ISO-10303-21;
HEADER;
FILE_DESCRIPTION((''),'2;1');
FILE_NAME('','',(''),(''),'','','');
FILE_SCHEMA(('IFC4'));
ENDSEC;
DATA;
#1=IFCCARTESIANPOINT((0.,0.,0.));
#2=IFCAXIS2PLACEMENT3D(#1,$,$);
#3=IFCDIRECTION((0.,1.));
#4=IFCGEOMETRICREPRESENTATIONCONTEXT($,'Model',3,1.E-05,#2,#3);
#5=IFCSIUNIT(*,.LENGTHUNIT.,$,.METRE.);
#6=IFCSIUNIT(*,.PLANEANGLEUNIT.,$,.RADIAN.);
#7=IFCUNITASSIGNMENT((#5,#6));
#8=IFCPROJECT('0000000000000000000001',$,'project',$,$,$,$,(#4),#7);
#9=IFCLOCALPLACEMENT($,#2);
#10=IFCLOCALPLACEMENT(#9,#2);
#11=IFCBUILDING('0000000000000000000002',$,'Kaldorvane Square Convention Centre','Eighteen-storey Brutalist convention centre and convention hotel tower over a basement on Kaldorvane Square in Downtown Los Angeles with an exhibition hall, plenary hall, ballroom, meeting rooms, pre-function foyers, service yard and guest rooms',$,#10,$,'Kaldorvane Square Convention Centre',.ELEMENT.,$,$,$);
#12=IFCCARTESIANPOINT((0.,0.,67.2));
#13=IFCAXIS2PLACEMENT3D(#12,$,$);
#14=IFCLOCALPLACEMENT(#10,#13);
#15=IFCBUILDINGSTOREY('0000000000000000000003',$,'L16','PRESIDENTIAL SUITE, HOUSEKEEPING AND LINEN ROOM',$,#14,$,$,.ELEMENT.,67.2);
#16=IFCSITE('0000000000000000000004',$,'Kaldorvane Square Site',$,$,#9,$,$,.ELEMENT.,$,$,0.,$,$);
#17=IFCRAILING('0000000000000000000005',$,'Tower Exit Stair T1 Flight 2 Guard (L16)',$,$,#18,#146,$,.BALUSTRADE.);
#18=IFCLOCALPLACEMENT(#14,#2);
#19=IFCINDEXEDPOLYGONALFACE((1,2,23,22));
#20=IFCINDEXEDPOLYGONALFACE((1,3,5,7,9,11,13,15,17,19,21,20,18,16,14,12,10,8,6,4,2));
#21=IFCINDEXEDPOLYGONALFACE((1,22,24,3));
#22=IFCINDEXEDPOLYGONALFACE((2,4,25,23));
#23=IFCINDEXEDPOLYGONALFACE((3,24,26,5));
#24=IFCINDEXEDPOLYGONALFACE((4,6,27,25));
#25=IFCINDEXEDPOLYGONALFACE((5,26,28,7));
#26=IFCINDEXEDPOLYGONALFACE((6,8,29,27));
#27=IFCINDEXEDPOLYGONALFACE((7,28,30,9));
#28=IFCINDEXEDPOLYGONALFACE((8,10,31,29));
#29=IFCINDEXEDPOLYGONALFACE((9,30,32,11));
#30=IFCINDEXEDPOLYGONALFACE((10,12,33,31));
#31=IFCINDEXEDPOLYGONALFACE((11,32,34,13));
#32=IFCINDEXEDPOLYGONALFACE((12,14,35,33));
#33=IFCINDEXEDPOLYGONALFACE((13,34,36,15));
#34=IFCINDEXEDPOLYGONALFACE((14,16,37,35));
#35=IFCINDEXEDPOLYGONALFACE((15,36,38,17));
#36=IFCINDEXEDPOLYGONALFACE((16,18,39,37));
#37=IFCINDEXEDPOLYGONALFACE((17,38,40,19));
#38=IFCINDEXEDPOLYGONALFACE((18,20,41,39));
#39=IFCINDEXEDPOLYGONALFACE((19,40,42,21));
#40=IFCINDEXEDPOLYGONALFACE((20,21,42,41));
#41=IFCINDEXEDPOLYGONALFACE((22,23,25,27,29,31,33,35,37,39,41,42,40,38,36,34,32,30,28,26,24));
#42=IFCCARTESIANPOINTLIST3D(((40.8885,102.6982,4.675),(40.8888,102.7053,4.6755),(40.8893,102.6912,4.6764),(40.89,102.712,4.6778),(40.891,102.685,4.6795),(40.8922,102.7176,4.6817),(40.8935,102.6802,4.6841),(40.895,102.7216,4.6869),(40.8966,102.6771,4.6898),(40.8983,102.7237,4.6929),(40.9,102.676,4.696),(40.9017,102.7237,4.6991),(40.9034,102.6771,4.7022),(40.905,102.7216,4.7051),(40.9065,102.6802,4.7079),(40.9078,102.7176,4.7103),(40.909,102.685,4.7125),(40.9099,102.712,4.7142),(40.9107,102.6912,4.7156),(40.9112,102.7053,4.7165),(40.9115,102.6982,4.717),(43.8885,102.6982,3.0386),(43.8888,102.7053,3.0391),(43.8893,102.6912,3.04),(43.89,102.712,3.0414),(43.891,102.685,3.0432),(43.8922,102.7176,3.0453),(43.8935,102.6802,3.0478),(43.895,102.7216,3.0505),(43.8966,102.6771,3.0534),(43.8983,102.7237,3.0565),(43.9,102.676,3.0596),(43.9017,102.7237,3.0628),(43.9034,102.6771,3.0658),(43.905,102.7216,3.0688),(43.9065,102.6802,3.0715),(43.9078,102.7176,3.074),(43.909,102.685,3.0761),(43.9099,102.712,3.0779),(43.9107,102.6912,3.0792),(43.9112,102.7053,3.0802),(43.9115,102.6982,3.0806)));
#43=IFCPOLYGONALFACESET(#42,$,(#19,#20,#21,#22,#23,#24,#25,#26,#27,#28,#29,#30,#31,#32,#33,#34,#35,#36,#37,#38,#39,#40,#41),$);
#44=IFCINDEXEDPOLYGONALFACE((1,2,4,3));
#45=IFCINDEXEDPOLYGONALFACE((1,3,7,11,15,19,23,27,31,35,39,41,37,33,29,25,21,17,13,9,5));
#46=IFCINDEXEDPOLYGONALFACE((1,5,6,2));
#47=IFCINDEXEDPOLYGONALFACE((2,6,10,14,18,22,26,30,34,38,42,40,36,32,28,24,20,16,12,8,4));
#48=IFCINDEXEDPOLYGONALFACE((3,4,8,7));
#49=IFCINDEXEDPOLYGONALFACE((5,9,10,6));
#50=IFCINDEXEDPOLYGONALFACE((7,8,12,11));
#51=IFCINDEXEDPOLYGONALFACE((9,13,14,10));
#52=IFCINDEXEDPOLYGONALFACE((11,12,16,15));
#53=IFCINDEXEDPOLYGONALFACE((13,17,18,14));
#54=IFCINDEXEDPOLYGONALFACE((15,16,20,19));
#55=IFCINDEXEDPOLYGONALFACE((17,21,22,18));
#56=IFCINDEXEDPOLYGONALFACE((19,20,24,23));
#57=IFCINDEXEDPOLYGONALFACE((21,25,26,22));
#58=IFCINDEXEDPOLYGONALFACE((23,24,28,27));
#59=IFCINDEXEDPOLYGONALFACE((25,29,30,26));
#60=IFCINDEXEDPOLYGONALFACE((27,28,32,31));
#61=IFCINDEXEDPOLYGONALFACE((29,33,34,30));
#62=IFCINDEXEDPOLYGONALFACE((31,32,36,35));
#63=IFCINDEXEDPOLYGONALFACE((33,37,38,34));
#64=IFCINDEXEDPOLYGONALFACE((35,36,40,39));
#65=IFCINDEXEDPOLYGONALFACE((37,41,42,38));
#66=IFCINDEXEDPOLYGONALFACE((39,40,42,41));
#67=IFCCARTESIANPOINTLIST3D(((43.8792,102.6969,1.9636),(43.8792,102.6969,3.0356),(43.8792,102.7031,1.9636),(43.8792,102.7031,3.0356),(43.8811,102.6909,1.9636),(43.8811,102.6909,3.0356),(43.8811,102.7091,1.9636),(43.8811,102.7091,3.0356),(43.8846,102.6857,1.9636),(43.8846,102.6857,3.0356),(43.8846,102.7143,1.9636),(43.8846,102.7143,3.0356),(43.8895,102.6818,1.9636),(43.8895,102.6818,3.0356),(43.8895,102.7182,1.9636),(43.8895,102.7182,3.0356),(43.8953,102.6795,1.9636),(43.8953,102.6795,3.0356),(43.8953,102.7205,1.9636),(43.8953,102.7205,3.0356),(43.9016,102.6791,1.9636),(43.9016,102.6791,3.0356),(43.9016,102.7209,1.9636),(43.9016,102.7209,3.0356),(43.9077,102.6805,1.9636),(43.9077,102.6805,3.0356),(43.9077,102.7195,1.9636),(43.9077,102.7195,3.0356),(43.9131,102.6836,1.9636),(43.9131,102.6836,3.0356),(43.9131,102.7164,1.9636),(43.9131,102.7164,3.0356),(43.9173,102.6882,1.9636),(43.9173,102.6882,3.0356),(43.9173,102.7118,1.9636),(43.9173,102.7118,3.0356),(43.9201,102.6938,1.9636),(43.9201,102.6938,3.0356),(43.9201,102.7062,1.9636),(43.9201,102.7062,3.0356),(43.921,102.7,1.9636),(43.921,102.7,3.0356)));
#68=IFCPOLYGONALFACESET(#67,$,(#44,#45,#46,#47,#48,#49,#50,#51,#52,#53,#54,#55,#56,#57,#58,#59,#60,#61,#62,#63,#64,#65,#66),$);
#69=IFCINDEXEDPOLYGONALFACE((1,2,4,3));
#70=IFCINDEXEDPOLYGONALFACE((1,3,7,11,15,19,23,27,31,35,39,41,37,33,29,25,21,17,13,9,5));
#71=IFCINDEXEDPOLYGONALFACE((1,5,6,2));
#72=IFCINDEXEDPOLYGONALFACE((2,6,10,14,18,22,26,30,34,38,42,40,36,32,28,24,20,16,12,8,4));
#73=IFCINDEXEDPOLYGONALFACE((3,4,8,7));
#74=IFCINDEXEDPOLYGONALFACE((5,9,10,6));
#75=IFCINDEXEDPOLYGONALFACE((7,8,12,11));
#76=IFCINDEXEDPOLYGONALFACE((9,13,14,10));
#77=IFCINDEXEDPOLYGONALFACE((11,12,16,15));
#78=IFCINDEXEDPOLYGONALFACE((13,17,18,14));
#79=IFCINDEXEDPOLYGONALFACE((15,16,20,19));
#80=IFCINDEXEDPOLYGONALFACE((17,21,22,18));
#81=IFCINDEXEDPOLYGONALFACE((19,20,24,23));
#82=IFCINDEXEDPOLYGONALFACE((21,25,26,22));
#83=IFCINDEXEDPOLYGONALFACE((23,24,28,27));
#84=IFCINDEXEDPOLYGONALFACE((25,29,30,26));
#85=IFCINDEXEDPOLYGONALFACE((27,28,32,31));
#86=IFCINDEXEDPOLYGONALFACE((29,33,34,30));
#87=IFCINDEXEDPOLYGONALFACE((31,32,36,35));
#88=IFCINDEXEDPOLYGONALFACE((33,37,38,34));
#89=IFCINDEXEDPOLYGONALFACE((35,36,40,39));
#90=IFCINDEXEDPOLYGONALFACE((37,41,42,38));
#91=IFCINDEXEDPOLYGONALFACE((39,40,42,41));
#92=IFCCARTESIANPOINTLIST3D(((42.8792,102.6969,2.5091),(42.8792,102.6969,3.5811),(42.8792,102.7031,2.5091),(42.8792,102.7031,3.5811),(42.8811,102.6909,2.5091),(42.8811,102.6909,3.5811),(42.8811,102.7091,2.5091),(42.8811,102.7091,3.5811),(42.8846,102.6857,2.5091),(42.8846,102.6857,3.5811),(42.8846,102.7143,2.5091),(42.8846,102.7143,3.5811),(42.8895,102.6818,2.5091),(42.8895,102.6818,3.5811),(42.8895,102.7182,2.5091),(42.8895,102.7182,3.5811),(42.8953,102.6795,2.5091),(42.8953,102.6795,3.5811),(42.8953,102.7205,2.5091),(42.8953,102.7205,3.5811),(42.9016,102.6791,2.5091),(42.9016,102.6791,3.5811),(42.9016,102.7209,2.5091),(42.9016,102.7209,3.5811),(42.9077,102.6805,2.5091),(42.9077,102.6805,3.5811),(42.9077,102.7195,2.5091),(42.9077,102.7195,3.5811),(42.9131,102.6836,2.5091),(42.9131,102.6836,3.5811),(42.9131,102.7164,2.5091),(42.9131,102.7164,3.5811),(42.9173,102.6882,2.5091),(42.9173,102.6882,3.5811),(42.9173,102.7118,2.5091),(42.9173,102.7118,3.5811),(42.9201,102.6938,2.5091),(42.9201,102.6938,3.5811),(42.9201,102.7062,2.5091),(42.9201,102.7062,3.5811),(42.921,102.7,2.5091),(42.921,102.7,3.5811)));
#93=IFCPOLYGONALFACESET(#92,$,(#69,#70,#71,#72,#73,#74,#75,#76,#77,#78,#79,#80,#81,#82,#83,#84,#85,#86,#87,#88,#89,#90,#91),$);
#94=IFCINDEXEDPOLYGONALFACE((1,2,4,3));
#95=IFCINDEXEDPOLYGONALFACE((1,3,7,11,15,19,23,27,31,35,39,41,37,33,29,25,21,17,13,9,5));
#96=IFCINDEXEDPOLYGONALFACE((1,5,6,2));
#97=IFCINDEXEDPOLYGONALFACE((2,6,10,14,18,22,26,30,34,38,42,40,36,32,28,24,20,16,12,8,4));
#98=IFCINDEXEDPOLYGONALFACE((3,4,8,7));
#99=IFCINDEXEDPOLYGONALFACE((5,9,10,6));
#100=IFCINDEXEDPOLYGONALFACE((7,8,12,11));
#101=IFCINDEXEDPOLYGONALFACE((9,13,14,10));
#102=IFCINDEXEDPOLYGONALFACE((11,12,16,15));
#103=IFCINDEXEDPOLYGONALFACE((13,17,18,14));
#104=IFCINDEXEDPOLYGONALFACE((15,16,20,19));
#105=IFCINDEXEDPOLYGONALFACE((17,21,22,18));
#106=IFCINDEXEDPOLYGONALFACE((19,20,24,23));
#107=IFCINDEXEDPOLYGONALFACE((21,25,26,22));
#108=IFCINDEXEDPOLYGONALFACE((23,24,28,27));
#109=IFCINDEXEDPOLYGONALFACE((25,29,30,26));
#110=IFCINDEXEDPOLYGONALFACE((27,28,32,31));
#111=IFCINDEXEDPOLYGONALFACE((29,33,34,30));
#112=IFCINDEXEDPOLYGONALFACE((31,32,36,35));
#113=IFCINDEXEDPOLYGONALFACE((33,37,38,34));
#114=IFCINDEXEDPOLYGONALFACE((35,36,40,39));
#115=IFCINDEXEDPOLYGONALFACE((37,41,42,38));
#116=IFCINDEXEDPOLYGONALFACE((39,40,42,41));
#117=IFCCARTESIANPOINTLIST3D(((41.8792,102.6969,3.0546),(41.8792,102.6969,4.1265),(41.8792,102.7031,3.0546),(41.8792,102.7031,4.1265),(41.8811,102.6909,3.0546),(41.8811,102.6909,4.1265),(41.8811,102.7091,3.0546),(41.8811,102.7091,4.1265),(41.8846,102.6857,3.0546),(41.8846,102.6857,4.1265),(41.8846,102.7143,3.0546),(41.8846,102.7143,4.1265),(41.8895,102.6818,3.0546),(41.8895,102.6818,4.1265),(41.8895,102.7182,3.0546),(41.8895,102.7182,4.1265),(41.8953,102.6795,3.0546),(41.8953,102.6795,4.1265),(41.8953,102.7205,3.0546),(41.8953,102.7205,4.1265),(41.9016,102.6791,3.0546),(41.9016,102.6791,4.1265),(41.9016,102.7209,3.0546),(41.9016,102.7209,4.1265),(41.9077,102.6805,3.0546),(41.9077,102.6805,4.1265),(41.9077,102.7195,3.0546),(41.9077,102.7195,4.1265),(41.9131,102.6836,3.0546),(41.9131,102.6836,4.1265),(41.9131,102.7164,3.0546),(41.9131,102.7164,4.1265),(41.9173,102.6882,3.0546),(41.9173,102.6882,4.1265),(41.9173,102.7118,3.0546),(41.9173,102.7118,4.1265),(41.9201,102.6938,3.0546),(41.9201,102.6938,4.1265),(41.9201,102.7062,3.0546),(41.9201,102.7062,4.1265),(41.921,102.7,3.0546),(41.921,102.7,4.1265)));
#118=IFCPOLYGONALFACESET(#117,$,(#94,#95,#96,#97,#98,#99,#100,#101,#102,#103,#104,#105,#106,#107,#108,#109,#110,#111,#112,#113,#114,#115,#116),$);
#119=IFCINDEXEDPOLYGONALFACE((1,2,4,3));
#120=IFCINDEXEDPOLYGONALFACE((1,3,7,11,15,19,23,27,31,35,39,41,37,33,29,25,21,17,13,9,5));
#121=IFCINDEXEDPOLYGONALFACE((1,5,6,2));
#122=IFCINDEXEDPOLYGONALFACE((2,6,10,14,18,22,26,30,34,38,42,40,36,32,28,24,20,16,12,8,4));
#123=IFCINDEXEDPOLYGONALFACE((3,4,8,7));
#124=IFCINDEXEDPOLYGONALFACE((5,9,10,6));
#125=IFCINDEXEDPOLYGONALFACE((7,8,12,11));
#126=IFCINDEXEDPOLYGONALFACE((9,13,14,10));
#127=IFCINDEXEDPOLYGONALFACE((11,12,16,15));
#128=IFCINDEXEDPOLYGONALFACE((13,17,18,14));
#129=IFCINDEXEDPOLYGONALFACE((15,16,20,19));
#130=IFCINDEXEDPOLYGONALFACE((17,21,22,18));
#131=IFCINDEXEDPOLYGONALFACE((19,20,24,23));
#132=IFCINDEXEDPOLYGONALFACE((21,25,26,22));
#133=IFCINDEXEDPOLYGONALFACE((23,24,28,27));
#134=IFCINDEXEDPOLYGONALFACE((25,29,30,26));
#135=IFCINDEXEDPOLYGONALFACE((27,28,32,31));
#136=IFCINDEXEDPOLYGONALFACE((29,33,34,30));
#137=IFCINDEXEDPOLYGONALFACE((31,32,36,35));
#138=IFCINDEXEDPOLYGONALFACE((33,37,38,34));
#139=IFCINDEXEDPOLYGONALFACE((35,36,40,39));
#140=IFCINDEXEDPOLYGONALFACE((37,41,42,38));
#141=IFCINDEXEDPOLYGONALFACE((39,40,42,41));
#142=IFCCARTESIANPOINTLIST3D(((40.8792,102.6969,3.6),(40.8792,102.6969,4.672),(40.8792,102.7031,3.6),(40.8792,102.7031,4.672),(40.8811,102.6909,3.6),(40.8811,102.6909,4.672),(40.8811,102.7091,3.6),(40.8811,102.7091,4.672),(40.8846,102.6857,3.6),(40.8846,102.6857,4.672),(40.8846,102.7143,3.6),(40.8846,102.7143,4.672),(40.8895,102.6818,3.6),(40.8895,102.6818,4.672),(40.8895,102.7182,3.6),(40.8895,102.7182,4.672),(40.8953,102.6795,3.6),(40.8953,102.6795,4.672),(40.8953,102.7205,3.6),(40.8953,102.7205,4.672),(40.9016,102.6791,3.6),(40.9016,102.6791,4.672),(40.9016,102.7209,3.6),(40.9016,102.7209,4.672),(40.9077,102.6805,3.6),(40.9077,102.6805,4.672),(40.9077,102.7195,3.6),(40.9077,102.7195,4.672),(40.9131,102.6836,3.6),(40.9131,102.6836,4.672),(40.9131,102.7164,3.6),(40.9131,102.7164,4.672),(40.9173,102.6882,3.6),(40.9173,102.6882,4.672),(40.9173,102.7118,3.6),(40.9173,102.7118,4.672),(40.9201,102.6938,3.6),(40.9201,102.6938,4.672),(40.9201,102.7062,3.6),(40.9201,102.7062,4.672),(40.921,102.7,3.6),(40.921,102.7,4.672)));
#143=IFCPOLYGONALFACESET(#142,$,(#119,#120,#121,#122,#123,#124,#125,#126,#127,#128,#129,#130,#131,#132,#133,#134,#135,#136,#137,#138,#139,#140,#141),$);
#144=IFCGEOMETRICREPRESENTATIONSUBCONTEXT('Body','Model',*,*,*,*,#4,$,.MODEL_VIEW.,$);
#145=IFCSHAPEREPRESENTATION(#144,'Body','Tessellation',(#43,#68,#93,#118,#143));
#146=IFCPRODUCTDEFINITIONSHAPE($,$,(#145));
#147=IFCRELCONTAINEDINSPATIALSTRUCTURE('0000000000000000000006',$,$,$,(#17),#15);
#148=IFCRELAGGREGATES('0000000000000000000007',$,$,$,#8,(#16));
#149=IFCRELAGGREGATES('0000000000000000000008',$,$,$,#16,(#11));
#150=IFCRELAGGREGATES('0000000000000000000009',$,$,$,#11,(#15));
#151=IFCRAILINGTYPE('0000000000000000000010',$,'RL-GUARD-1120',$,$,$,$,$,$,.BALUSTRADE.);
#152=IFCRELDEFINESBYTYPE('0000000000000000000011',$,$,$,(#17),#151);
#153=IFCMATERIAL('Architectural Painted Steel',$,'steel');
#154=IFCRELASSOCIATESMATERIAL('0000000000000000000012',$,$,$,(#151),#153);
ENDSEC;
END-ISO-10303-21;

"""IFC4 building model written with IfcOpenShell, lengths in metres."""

from ifc_helpers import new_model, si_unit, direction, frame, origin, origin_2d, place, context, subcontext, project, spatial, circle, extrude, material, type_object, element, save


model = new_model("IFC4")

# Units and contexts
model_context = context("Model", 3, precision=1e-05, world=origin(), true_north=direction((0.0, 1.0)))
body_context = subcontext(model_context, "Body", "Model", "MODEL_VIEW")
ifc_project = project(units=[si_unit("LENGTHUNIT", "METRE"), si_unit("PLANEANGLEUNIT", "RADIAN")], contexts=[model_context])

# Site, building, storey
site_placement = place(None, origin())
site = spatial("IfcSite", under=ifc_project, at=site_placement, Name="Kaldorvane Square Site", CompositionType="ELEMENT", RefElevation=0.0)
building_placement = place(site_placement, origin())
building = spatial("IfcBuilding", under=site, at=building_placement, Name="Kaldorvane Square Convention Centre", Description="Eighteen-storey Brutalist convention centre and convention hotel tower over a basement on Kaldorvane Square in Downtown Los Angeles with an exhibition hall, plenary hall, ballroom, meeting rooms, pre-function foyers, service yard and guest rooms", LongName="Kaldorvane Square Convention Centre", CompositionType="ELEMENT")
storey_placement = place(building_placement, frame((0.0, 0.0, 67.2)))
storey = spatial("IfcBuildingStorey", under=building, at=storey_placement, Name="L16", Description="PRESIDENTIAL SUITE, HOUSEKEEPING AND LINEN ROOM", CompositionType="ELEMENT", Elevation=67.2)

# Railing
ifc_material_1 = material(Name="Architectural Painted Steel", Category="steel")
railing_type_1 = type_object("IfcRailingType", Name="RL-GUARD-1120", PredefinedType="BALUSTRADE", material=ifc_material_1)
railing_1_placement = place(storey_placement, frame((43.9, 102.7, 1.9636)))
element("IfcRailing", 1, at=railing_1_placement, inside=storey, type_object=railing_type_1, Name="Tower Exit Stair T1 Flight 2 Guard (L16)", PredefinedType="BALUSTRADE", context=body_context, shape_type="SweptSolid", body=[
    extrude(circle(Radius=0.024, at=origin_2d()), frame((0.0, 0.0, 1.096), z_axis=(-0.877895, 0.0, 0.478853), x_axis=(0.0, -1.0, 0.0)), (0.0, 0.0, 1.0), 3.4173),
    extrude(circle(Radius=0.021, at=origin_2d()), origin(), (0.0, 0.0, 1.0), 1.072),
    extrude(circle(Radius=0.021, at=origin_2d()), frame((-1.0, 0.0, 0.5455)), (0.0, 0.0, 1.0), 1.072),
    extrude(circle(Radius=0.021, at=origin_2d()), frame((-2.0, 0.0, 1.0909)), (0.0, 0.0, 1.0), 1.072),
    extrude(circle(Radius=0.021, at=origin_2d()), frame((-3.0, 0.0, 1.6364)), (0.0, 0.0, 1.0), 1.072),
])

save(model, "model.ifc")
